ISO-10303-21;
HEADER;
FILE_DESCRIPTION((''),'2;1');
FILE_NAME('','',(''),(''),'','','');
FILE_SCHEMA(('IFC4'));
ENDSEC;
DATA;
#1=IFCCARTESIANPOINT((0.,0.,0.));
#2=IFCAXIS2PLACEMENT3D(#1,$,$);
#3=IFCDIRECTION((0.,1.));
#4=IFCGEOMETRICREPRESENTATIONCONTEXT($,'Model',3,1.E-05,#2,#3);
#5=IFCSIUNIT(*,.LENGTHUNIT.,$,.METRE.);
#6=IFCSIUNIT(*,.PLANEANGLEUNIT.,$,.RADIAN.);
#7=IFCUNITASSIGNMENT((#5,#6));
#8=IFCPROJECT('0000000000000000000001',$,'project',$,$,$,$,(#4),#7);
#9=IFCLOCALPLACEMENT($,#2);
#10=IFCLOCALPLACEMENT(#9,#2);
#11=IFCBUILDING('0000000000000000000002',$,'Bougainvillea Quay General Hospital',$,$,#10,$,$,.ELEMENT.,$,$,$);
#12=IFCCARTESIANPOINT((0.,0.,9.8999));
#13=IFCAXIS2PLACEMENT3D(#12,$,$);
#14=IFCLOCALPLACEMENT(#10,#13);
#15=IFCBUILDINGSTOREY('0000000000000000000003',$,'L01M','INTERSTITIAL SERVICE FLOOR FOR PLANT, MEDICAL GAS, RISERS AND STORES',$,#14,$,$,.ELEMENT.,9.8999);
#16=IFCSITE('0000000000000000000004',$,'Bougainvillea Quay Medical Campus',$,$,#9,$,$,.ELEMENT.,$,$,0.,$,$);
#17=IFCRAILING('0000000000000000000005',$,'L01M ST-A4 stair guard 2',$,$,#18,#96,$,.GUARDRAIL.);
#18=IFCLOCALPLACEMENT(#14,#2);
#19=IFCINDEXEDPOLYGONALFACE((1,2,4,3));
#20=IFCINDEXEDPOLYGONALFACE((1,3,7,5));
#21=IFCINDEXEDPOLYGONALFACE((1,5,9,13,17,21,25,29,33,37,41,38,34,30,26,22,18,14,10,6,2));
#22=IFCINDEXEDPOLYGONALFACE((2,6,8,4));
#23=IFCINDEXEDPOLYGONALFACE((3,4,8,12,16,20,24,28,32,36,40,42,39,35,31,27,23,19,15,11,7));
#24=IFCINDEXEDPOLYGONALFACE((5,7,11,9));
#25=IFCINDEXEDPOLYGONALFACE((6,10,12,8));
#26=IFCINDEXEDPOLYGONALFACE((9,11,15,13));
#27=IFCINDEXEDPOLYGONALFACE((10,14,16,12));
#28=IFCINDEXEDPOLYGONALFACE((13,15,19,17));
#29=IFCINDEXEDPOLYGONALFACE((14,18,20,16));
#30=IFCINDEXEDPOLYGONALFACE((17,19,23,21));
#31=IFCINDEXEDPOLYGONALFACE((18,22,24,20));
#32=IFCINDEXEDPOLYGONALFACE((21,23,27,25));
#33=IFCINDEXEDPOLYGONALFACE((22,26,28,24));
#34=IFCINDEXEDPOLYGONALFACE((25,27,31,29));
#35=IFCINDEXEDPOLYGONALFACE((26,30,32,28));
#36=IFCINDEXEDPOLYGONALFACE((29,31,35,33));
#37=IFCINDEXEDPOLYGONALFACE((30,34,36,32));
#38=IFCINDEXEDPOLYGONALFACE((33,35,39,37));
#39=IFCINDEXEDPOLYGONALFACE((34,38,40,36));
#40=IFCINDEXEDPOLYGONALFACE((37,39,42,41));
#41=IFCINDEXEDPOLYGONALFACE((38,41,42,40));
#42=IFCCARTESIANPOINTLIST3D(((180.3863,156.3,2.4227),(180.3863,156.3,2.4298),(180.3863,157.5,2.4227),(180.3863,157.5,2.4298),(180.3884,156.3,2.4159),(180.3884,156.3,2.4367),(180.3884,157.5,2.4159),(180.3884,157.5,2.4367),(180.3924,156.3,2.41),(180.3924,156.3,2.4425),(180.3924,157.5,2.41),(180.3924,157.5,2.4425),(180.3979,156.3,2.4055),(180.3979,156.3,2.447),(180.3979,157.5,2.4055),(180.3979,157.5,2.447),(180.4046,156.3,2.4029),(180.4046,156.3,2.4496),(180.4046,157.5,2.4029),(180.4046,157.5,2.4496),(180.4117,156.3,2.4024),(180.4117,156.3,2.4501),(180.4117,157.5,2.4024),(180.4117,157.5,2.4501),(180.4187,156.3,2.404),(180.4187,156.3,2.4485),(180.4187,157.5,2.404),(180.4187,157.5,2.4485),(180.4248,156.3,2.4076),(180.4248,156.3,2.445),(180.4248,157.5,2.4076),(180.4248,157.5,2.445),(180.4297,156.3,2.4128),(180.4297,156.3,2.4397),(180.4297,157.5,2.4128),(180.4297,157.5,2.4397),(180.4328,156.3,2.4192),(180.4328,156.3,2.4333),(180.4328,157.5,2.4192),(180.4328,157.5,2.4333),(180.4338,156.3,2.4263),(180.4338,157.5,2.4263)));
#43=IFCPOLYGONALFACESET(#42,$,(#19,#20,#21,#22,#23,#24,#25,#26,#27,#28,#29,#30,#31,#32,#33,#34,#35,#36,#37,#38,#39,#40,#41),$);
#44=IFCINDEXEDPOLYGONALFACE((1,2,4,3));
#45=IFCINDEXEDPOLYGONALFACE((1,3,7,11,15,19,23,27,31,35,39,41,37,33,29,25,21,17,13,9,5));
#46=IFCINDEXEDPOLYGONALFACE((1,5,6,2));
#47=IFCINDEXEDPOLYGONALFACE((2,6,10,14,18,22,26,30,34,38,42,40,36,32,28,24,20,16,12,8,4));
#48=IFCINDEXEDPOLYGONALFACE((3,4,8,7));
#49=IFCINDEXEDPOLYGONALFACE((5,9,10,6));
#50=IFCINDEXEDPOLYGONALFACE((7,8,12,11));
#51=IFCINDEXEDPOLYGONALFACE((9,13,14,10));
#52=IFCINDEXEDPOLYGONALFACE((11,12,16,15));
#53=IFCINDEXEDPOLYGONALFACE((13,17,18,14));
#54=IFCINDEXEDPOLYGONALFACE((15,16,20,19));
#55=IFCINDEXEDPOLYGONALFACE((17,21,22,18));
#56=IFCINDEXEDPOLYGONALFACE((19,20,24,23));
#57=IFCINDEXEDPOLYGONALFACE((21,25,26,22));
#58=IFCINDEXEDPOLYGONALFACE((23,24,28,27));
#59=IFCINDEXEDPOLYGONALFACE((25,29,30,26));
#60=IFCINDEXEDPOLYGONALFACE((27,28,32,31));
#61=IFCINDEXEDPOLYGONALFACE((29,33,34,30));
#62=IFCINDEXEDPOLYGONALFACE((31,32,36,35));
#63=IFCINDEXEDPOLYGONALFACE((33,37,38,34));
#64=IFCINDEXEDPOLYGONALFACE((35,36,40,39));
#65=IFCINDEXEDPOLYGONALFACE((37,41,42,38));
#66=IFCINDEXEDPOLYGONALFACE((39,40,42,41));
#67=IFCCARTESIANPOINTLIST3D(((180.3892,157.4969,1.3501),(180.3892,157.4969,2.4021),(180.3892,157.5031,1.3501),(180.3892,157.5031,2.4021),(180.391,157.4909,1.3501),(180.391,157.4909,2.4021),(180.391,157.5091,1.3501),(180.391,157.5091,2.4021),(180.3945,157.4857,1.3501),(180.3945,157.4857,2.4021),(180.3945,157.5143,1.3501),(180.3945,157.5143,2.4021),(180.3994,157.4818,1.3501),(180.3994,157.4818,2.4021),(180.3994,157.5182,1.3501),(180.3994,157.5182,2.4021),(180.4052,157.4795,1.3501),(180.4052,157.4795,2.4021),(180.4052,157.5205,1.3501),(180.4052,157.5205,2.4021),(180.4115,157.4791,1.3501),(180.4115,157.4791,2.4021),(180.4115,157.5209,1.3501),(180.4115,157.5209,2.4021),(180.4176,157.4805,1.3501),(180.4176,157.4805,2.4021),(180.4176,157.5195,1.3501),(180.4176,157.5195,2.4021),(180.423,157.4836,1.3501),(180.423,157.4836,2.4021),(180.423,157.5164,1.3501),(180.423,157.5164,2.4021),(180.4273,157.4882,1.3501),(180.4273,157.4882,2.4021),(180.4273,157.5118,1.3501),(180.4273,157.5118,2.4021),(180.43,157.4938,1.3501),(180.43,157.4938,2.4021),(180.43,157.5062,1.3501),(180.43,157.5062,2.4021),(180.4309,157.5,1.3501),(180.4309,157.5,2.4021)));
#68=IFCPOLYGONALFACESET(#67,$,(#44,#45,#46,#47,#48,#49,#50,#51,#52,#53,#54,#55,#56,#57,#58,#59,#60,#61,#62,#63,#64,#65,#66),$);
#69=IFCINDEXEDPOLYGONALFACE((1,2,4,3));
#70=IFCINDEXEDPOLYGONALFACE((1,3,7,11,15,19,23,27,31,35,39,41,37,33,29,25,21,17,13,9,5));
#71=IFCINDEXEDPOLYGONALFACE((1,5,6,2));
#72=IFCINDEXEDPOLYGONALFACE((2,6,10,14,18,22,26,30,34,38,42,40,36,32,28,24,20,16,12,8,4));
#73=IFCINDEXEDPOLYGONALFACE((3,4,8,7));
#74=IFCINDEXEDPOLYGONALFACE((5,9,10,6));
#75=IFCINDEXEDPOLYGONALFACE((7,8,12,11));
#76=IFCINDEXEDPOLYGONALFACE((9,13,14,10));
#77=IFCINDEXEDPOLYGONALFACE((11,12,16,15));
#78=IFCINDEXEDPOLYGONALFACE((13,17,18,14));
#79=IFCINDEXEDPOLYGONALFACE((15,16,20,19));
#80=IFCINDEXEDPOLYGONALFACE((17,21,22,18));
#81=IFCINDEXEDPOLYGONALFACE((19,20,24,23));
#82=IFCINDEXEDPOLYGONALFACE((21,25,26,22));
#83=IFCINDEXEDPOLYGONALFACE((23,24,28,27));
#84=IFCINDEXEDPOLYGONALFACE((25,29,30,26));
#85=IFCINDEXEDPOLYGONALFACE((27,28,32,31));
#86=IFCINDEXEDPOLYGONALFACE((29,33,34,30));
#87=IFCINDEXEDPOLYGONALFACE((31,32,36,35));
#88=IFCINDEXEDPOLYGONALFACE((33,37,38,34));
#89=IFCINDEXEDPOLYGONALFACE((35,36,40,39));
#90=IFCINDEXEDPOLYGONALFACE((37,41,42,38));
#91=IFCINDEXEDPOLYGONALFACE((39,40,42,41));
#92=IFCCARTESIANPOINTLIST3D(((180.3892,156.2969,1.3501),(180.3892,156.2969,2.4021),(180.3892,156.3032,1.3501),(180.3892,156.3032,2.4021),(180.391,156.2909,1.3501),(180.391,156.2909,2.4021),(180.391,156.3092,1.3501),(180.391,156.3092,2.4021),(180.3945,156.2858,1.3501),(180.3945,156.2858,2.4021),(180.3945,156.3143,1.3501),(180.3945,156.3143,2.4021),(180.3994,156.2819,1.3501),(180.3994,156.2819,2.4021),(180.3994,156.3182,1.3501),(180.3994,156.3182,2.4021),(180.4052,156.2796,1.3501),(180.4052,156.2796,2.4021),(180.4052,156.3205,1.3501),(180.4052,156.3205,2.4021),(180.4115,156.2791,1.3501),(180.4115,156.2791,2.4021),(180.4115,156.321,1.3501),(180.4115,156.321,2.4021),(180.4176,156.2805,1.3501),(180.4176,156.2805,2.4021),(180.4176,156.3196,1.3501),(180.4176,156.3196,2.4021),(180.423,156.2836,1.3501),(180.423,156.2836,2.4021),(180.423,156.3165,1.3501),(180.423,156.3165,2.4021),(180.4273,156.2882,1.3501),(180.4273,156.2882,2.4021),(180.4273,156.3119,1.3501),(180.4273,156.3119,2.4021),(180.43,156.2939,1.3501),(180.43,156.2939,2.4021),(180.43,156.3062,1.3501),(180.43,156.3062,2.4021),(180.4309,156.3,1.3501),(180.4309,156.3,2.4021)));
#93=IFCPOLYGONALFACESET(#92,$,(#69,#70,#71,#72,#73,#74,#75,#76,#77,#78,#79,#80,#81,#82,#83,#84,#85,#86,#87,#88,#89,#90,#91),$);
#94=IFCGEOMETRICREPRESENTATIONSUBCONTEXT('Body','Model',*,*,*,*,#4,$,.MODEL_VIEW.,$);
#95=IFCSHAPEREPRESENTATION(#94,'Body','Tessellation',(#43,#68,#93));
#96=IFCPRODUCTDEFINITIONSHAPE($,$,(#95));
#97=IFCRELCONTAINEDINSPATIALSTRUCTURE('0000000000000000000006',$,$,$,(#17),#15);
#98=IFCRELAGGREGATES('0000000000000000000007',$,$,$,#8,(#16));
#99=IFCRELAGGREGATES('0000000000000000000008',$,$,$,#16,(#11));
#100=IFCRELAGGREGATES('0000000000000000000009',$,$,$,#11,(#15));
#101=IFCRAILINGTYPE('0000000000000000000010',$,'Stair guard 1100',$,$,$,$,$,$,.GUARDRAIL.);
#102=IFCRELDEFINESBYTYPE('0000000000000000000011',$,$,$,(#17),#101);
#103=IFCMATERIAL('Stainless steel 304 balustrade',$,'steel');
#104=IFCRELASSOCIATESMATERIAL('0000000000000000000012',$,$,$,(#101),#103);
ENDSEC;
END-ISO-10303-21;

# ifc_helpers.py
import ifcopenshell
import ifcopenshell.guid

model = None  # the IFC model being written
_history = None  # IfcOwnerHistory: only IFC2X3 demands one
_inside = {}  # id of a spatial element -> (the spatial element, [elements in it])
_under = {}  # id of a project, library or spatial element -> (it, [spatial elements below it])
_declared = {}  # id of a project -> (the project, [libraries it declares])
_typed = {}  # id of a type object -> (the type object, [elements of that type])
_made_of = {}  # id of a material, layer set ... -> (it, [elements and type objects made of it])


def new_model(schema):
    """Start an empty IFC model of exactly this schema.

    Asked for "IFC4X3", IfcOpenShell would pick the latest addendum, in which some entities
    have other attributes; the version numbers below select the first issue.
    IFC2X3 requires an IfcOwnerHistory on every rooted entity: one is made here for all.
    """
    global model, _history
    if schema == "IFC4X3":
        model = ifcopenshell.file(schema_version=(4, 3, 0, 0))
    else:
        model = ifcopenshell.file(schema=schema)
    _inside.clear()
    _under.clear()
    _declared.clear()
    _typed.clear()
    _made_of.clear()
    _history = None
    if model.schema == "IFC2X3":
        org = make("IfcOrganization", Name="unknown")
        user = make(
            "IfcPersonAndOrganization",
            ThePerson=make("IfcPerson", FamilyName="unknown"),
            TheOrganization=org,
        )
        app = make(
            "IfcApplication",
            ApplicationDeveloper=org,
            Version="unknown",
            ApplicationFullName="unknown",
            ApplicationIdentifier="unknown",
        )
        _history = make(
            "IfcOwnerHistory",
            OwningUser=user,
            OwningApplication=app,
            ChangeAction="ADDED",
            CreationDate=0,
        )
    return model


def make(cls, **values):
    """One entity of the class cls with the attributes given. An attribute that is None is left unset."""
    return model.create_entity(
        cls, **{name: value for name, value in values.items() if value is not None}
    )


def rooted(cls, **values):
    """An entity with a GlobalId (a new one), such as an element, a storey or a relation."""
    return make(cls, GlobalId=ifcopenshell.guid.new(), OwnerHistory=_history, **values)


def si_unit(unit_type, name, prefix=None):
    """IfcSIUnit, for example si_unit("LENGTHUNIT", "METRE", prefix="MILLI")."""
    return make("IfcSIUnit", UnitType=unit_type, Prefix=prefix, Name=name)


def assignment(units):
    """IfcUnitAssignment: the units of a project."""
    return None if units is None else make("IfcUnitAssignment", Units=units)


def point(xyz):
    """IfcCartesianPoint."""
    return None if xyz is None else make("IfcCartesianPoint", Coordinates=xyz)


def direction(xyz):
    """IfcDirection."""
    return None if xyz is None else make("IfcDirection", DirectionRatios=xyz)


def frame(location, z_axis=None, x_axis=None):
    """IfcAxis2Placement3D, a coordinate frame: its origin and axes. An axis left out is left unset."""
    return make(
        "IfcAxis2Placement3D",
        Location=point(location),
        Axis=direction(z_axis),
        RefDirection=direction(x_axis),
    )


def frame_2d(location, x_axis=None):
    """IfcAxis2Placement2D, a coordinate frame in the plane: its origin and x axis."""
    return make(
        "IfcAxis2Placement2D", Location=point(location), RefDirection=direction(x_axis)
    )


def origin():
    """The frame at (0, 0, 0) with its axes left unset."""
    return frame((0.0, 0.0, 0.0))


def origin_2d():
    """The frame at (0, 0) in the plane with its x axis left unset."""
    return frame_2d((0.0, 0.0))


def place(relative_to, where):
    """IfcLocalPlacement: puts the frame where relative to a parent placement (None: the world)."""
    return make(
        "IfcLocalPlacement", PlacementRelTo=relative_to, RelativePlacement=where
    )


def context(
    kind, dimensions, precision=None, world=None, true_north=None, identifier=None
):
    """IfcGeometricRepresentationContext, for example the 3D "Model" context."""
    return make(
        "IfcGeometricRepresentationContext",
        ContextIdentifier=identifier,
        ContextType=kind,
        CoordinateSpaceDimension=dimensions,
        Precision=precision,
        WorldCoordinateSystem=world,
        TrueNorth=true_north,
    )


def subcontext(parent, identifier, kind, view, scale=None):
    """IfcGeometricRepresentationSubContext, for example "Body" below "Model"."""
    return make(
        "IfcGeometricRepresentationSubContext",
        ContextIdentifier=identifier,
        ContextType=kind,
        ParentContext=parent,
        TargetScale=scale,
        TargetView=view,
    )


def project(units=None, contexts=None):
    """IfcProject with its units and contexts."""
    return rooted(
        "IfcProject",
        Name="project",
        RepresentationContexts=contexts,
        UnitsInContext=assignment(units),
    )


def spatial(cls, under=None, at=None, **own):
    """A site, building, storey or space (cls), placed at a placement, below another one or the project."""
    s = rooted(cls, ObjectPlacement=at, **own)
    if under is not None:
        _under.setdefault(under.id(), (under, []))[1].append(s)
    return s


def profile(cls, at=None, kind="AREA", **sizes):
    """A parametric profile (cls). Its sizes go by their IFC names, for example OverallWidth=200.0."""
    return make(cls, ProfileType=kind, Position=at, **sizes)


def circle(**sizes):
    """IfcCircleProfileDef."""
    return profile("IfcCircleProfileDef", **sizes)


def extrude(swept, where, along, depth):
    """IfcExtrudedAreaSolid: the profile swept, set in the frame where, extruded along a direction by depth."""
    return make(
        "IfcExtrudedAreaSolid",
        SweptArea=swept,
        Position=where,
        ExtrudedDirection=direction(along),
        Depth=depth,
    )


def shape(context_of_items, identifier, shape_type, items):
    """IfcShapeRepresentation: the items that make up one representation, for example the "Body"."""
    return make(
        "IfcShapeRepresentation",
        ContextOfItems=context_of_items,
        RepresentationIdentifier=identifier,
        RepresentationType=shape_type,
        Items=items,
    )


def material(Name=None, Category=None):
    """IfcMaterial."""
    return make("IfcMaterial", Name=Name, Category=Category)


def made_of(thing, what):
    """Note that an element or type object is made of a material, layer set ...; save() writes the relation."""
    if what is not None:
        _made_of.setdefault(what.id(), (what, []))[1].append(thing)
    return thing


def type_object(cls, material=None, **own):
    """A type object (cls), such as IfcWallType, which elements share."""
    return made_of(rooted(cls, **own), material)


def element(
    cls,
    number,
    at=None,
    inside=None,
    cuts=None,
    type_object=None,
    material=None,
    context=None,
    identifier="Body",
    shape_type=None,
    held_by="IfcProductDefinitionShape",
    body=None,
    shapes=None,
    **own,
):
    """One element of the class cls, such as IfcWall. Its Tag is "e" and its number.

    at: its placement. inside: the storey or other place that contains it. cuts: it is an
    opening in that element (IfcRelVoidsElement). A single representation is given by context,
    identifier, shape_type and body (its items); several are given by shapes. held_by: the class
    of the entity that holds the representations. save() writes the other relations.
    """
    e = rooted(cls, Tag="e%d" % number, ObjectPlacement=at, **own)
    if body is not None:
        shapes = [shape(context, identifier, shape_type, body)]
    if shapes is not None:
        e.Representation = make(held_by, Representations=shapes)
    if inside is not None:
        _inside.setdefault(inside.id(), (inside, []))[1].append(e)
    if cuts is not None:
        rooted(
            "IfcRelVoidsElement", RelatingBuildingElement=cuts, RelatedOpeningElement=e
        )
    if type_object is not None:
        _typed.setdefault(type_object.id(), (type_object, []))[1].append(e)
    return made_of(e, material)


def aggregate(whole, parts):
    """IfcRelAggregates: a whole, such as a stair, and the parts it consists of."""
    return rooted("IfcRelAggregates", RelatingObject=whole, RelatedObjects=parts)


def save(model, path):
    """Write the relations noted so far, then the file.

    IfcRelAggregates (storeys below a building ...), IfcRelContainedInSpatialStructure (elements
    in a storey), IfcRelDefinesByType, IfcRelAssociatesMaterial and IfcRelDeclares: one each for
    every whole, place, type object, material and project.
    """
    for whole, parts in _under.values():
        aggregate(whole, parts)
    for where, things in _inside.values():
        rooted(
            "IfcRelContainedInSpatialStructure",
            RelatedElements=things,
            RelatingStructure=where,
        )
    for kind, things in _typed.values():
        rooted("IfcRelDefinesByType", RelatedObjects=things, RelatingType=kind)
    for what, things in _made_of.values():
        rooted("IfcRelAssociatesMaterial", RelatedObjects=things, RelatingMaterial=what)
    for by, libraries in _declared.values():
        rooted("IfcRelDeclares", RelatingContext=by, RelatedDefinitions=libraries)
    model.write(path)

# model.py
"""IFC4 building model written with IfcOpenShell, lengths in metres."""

from ifc_helpers import new_model, si_unit, direction, frame, origin, origin_2d, place, context, subcontext, project, spatial, circle, extrude, material, type_object, element, save


model = new_model("IFC4")

# Units and contexts
model_context = context("Model", 3, precision=1e-05, world=origin(), true_north=direction((0.0, 1.0)))
body_context = subcontext(model_context, "Body", "Model", "MODEL_VIEW")
ifc_project = project(units=[si_unit("LENGTHUNIT", "METRE"), si_unit("PLANEANGLEUNIT", "RADIAN")], contexts=[model_context])

# Site, building, storey
site_placement = place(None, origin())
site = spatial("IfcSite", under=ifc_project, at=site_placement, Name="Bougainvillea Quay Medical Campus", CompositionType="ELEMENT", RefElevation=0.0)
building_placement = place(site_placement, origin())
building = spatial("IfcBuilding", under=site, at=building_placement, Name="Bougainvillea Quay General Hospital", CompositionType="ELEMENT")
storey_placement = place(building_placement, frame((0.0, 0.0, 9.8999)))
storey = spatial("IfcBuildingStorey", under=building, at=storey_placement, Name="L01M", Description="INTERSTITIAL SERVICE FLOOR FOR PLANT, MEDICAL GAS, RISERS AND STORES", CompositionType="ELEMENT", Elevation=9.8999)

# Railing
ifc_material_1 = material(Name="Stainless steel 304 balustrade", Category="steel")
railing_type_1 = type_object("IfcRailingType", Name="Stair guard 1100", PredefinedType="GUARDRAIL", material=ifc_material_1)
railing_1_placement = place(storey_placement, frame((180.4099, 157.5, 1.3501)))
element("IfcRailing", 1, at=railing_1_placement, inside=storey, type_object=railing_type_1, Name="L01M ST-A4 stair guard 2", PredefinedType="GUARDRAIL", context=body_context, shape_type="SweptSolid", body=[
    extrude(circle(Radius=0.0239, at=origin_2d()), frame((0.0, 0.0, 1.0762), z_axis=(0.0, -1.0, 0.0), x_axis=(1.0, 0.0, 0.0)), (0.0, 0.0, 1.0), 1.2),
    extrude(circle(Radius=0.021, at=origin_2d()), origin(), (0.0, 0.0, 1.0), 1.052),
    extrude(circle(Radius=0.021, at=origin_2d()), frame((0.0, -1.2, 0.0)), (0.0, 0.0, 1.0), 1.052),
])

save(model, "model.ifc")
